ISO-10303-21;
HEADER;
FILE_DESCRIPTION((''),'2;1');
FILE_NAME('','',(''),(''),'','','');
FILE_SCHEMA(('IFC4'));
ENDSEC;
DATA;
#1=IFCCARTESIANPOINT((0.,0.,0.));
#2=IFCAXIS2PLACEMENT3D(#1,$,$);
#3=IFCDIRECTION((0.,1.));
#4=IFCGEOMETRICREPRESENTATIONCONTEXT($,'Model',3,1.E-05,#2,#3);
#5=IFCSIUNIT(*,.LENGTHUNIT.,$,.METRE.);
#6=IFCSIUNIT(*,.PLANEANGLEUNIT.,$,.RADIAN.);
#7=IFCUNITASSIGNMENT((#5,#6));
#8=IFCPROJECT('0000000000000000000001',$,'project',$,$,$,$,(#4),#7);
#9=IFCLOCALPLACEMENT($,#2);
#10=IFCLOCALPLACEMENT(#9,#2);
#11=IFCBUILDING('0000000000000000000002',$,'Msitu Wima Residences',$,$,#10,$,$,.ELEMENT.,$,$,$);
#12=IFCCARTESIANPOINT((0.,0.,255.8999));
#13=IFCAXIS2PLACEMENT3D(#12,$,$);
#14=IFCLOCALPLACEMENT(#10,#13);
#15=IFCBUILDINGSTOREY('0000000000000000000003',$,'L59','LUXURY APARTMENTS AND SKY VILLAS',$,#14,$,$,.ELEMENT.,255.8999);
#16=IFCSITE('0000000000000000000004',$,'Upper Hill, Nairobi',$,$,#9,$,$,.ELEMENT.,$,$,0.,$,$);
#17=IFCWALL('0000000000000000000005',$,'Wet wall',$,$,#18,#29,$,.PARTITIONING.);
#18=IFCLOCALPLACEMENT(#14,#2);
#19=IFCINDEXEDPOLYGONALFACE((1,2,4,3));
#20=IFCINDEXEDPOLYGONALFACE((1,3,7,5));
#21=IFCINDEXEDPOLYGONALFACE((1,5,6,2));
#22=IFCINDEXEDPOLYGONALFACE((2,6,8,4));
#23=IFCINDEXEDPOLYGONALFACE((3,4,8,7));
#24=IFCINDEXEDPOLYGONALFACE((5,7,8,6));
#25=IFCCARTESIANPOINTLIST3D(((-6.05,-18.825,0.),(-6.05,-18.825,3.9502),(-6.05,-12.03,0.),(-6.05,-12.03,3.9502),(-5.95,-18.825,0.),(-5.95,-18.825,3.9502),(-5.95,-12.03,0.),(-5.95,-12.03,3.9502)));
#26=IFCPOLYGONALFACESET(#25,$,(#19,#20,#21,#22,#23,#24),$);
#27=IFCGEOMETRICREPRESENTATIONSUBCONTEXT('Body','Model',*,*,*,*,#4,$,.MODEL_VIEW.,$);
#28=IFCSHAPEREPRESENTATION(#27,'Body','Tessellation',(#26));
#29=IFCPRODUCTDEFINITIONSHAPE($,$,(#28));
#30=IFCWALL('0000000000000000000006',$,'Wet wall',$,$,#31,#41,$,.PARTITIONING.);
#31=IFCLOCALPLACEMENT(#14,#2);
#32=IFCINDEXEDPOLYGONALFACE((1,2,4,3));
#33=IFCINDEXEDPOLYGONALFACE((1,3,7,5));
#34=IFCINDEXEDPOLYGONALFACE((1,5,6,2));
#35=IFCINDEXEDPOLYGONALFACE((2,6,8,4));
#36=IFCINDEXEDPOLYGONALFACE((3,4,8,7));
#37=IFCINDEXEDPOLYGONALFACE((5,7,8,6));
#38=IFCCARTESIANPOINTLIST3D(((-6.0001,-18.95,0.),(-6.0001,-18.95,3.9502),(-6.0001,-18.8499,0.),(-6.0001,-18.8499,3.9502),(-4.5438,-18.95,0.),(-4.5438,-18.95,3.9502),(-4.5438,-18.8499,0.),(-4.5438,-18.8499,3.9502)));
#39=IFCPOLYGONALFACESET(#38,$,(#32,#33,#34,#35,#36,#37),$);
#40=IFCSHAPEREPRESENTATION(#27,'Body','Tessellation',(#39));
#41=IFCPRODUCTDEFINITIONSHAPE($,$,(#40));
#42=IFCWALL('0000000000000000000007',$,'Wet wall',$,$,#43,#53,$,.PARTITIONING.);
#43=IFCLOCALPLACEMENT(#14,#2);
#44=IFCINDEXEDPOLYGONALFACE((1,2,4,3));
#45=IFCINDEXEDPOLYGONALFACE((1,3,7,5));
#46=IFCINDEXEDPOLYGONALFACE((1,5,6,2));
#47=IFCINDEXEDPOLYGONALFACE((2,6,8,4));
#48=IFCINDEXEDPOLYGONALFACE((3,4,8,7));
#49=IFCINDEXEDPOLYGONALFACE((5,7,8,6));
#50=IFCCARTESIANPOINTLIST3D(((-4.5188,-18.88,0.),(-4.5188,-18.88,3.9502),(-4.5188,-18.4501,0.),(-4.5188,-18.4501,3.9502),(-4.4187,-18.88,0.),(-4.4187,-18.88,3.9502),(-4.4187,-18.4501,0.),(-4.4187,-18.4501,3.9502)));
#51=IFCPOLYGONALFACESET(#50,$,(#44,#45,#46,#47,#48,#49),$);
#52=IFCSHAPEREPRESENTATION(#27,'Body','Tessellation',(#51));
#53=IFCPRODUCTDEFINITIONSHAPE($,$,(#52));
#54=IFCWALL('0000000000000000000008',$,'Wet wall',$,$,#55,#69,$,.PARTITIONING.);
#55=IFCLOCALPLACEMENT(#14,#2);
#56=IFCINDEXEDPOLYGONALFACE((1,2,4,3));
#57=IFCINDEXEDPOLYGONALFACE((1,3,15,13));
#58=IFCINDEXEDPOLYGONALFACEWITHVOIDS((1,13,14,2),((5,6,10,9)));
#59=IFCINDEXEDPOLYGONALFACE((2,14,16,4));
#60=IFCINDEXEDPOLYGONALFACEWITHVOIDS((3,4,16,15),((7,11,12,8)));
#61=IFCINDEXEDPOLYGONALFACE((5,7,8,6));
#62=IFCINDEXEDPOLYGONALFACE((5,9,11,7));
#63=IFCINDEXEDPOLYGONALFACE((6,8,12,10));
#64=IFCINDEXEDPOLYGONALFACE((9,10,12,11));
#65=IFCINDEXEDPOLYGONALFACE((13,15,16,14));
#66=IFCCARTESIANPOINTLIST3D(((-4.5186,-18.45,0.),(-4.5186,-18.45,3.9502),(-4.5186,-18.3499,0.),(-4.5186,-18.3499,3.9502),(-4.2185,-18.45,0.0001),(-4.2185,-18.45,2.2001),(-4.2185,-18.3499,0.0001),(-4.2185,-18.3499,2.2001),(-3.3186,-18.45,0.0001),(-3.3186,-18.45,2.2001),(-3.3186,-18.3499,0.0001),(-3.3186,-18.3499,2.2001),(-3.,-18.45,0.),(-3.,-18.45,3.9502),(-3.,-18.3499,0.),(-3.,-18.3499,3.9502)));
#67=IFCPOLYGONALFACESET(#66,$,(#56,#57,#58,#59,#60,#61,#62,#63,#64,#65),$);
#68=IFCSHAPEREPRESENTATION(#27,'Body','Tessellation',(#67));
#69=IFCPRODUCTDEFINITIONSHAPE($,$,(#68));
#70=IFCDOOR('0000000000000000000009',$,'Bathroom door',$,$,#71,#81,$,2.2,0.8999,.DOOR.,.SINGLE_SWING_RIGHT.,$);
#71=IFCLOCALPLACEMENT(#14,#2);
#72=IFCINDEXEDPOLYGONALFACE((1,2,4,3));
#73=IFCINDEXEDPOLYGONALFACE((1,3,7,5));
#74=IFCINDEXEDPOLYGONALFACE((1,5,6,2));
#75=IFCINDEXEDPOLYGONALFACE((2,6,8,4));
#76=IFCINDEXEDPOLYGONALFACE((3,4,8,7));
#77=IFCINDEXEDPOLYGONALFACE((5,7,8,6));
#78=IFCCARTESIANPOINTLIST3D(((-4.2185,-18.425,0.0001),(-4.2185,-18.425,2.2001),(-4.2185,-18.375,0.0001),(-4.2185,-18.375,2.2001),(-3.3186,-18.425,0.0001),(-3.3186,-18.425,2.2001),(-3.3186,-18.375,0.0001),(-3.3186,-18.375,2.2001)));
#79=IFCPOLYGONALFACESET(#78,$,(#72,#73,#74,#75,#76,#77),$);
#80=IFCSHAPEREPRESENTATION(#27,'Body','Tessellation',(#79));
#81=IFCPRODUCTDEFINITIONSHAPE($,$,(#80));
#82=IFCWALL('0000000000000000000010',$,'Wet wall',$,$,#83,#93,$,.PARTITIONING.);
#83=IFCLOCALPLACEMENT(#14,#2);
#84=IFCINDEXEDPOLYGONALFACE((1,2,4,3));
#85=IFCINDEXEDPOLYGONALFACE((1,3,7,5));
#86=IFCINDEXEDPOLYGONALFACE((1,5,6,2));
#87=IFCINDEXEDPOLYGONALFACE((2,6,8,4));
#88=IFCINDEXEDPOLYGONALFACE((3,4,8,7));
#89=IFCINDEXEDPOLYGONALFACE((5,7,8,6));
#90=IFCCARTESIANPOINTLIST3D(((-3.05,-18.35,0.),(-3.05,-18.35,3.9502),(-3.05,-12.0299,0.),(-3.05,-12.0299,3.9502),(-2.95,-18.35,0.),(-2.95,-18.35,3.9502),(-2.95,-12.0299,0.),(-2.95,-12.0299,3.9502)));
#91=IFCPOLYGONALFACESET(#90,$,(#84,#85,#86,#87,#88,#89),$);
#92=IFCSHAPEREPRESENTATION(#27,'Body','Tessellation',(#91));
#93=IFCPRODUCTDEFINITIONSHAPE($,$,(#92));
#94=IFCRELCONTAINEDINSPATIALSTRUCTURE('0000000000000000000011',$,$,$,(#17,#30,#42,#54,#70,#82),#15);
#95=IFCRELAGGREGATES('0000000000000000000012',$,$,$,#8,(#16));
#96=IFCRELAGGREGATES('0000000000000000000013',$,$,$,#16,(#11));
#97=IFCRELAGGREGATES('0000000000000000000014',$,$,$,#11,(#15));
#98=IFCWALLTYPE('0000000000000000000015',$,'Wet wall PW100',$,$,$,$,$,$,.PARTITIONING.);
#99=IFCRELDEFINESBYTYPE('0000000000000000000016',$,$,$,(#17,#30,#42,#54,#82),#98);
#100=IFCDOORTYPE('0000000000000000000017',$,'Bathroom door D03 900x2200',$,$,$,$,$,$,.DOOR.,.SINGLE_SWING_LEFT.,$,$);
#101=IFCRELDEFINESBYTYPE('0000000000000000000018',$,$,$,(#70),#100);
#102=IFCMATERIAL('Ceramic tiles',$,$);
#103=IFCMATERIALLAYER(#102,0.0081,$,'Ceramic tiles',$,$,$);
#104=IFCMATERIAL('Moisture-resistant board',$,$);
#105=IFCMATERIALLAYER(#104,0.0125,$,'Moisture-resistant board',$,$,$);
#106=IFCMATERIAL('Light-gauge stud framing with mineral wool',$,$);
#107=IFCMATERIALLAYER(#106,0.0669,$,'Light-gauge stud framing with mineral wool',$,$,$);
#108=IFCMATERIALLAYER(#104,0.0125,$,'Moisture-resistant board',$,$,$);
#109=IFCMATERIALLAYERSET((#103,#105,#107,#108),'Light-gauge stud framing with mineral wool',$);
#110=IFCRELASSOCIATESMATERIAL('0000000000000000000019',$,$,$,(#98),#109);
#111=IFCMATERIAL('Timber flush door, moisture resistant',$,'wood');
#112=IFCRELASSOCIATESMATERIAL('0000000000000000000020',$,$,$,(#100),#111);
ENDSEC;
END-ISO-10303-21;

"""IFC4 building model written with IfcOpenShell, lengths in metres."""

from ifc_helpers import new_model, si_unit, direction, frame, frame_2d, origin, place, context, subcontext, project, spatial, rectangle, extrude, material, layer, layer_set, type_object, element, fill, save


model = new_model("IFC4")

# Units and contexts
model_context = context("Model", 3, precision=1e-05, world=origin(), true_north=direction((0.0, 1.0)))
body_context = subcontext(model_context, "Body", "Model", "MODEL_VIEW")
ifc_project = project(units=[si_unit("LENGTHUNIT", "METRE"), si_unit("PLANEANGLEUNIT", "RADIAN")], contexts=[model_context])

# Site, building, storey
site_placement = place(None, origin())
site = spatial("IfcSite", under=ifc_project, at=site_placement, Name="Upper Hill, Nairobi", CompositionType="ELEMENT", RefElevation=0.0)
building_placement = place(site_placement, origin())
building = spatial("IfcBuilding", under=site, at=building_placement, Name="Msitu Wima Residences", CompositionType="ELEMENT")
storey_placement = place(building_placement, frame((0.0, 0.0, 255.8999)))
storey = spatial("IfcBuildingStorey", under=building, at=storey_placement, Name="L59", Description="LUXURY APARTMENTS AND SKY VILLAS", CompositionType="ELEMENT", Elevation=255.8999)

# Walls
ifc_material_1 = material(Name="Ceramic tiles")
ifc_layer_1 = layer(ifc_material_1, 0.0081, Name="Ceramic tiles")
ifc_material_2 = material(Name="Moisture-resistant board")
ifc_layer_2 = layer(ifc_material_2, 0.0125, Name="Moisture-resistant board")
ifc_material_3 = material(Name="Light-gauge stud framing with mineral wool")
ifc_layer_3 = layer(ifc_material_3, 0.0669, Name="Light-gauge stud framing with mineral wool")
ifc_layer_4 = layer(ifc_material_2, 0.0125, Name="Moisture-resistant board")
ifc_layer_set_1 = layer_set([ifc_layer_1, ifc_layer_2, ifc_layer_3, ifc_layer_4], Name="Light-gauge stud framing with mineral wool")
wall_type_1 = type_object("IfcWallType", Name="Wet wall PW100", PredefinedType="PARTITIONING", material=ifc_layer_set_1)
wall_1_placement = place(storey_placement, frame((-6.0, -18.825, 0.0), z_axis=(0.0, 0.0, 1.0), x_axis=(0.0, 1.0, 0.0)))
element("IfcWall", 1, at=wall_1_placement, inside=storey, type_object=wall_type_1, Name="Wet wall", PredefinedType="PARTITIONING", context=body_context, shape_type="SweptSolid", body=[
    extrude(rectangle(XDim=6.7949, YDim=0.1001, at=frame_2d((3.3975, 0.0))), origin(), (0.0, 0.0, 1.0), 3.9502),
])
wall_2_placement = place(storey_placement, frame((-6.0, -18.8999, 0.0), z_axis=(0.0, 0.0, 1.0), x_axis=(1.0, 0.0, 0.0)))
element("IfcWall", 2, at=wall_2_placement, inside=storey, type_object=wall_type_1, Name="Wet wall", PredefinedType="PARTITIONING", context=body_context, shape_type="SweptSolid", body=[
    extrude(rectangle(XDim=1.4563, YDim=0.1001, at=frame_2d((0.728, 0.0))), origin(), (0.0, 0.0, 1.0), 3.9502),
])
wall_3_placement = place(storey_placement, frame((-4.4688, -18.8799, 0.0), z_axis=(0.0, 0.0, 1.0), x_axis=(0.0, 1.0, 0.0)))
element("IfcWall", 3, at=wall_3_placement, inside=storey, type_object=wall_type_1, Name="Wet wall", PredefinedType="PARTITIONING", context=body_context, shape_type="SweptSolid", body=[
    extrude(rectangle(XDim=0.4299, YDim=0.1001, at=frame_2d((0.2148, 0.0))), origin(), (0.0, 0.0, 1.0), 3.9502),
])

# Wall, opening, door
wall_4_placement = place(storey_placement, frame((-4.5186, -18.3999, 0.0), z_axis=(0.0, 0.0, 1.0), x_axis=(1.0, 0.0, 0.0)))
wall_4 = element("IfcWall", 4, at=wall_4_placement, inside=storey, type_object=wall_type_1, Name="Wet wall", PredefinedType="PARTITIONING", context=body_context, shape_type="SweptSolid", body=[
    extrude(rectangle(XDim=1.5186, YDim=0.1001, at=frame_2d((0.7593, 0.0))), origin(), (0.0, 0.0, 1.0), 3.9502),
])
opening_1_placement = place(wall_4_placement, frame((0.3, 0.0, 0.0)))
opening_1 = element("IfcOpeningElement", 5, at=opening_1_placement, cuts=wall_4, PredefinedType="OPENING", context=body_context, shape_type="SweptSolid", body=[
    extrude(rectangle(XDim=0.8999, YDim=2.2, at=frame_2d((0.45, 1.1001))), frame((0.0, 0.0601, 0.0), z_axis=(0.0, -1.0, 0.0), x_axis=(1.0, 0.0, 0.0)), (0.0, 0.0, 1.0), 0.1201),
])
ifc_material_4 = material(Name="Timber flush door, moisture resistant", Category="wood")
door_type_1 = type_object("IfcDoorType", Name="Bathroom door D03 900x2200", OperationType="SINGLE_SWING_LEFT", PredefinedType="DOOR", material=ifc_material_4)
door_1_placement = place(opening_1_placement, origin())
door_1 = element("IfcDoor", 6, at=door_1_placement, inside=storey, type_object=door_type_1, Name="Bathroom door", OperationType="SINGLE_SWING_RIGHT", OverallHeight=2.2, OverallWidth=0.8999, PredefinedType="DOOR", context=body_context, shape_type="SweptSolid", body=[
    extrude(rectangle(XDim=0.8999, YDim=2.2, at=frame_2d((0.45, 1.1001))), frame((0.0, 0.0249, 0.0), z_axis=(0.0, -1.0, 0.0), x_axis=(1.0, 0.0, 0.0)), (0.0, 0.0, 1.0), 0.05),
])
fill(opening_1, door_1)

# Wall
wall_5_placement = place(storey_placement, frame((-3.0, -18.3501, 0.0), z_axis=(0.0, 0.0, 1.0), x_axis=(0.0, 1.0, 0.0)))
element("IfcWall", 7, at=wall_5_placement, inside=storey, type_object=wall_type_1, Name="Wet wall", PredefinedType="PARTITIONING", context=body_context, shape_type="SweptSolid", body=[
    extrude(rectangle(XDim=6.3201, YDim=0.1001, at=frame_2d((3.1602, 0.0))), origin(), (0.0, 0.0, 1.0), 3.9502),
])

save(model, "model.ifc")
